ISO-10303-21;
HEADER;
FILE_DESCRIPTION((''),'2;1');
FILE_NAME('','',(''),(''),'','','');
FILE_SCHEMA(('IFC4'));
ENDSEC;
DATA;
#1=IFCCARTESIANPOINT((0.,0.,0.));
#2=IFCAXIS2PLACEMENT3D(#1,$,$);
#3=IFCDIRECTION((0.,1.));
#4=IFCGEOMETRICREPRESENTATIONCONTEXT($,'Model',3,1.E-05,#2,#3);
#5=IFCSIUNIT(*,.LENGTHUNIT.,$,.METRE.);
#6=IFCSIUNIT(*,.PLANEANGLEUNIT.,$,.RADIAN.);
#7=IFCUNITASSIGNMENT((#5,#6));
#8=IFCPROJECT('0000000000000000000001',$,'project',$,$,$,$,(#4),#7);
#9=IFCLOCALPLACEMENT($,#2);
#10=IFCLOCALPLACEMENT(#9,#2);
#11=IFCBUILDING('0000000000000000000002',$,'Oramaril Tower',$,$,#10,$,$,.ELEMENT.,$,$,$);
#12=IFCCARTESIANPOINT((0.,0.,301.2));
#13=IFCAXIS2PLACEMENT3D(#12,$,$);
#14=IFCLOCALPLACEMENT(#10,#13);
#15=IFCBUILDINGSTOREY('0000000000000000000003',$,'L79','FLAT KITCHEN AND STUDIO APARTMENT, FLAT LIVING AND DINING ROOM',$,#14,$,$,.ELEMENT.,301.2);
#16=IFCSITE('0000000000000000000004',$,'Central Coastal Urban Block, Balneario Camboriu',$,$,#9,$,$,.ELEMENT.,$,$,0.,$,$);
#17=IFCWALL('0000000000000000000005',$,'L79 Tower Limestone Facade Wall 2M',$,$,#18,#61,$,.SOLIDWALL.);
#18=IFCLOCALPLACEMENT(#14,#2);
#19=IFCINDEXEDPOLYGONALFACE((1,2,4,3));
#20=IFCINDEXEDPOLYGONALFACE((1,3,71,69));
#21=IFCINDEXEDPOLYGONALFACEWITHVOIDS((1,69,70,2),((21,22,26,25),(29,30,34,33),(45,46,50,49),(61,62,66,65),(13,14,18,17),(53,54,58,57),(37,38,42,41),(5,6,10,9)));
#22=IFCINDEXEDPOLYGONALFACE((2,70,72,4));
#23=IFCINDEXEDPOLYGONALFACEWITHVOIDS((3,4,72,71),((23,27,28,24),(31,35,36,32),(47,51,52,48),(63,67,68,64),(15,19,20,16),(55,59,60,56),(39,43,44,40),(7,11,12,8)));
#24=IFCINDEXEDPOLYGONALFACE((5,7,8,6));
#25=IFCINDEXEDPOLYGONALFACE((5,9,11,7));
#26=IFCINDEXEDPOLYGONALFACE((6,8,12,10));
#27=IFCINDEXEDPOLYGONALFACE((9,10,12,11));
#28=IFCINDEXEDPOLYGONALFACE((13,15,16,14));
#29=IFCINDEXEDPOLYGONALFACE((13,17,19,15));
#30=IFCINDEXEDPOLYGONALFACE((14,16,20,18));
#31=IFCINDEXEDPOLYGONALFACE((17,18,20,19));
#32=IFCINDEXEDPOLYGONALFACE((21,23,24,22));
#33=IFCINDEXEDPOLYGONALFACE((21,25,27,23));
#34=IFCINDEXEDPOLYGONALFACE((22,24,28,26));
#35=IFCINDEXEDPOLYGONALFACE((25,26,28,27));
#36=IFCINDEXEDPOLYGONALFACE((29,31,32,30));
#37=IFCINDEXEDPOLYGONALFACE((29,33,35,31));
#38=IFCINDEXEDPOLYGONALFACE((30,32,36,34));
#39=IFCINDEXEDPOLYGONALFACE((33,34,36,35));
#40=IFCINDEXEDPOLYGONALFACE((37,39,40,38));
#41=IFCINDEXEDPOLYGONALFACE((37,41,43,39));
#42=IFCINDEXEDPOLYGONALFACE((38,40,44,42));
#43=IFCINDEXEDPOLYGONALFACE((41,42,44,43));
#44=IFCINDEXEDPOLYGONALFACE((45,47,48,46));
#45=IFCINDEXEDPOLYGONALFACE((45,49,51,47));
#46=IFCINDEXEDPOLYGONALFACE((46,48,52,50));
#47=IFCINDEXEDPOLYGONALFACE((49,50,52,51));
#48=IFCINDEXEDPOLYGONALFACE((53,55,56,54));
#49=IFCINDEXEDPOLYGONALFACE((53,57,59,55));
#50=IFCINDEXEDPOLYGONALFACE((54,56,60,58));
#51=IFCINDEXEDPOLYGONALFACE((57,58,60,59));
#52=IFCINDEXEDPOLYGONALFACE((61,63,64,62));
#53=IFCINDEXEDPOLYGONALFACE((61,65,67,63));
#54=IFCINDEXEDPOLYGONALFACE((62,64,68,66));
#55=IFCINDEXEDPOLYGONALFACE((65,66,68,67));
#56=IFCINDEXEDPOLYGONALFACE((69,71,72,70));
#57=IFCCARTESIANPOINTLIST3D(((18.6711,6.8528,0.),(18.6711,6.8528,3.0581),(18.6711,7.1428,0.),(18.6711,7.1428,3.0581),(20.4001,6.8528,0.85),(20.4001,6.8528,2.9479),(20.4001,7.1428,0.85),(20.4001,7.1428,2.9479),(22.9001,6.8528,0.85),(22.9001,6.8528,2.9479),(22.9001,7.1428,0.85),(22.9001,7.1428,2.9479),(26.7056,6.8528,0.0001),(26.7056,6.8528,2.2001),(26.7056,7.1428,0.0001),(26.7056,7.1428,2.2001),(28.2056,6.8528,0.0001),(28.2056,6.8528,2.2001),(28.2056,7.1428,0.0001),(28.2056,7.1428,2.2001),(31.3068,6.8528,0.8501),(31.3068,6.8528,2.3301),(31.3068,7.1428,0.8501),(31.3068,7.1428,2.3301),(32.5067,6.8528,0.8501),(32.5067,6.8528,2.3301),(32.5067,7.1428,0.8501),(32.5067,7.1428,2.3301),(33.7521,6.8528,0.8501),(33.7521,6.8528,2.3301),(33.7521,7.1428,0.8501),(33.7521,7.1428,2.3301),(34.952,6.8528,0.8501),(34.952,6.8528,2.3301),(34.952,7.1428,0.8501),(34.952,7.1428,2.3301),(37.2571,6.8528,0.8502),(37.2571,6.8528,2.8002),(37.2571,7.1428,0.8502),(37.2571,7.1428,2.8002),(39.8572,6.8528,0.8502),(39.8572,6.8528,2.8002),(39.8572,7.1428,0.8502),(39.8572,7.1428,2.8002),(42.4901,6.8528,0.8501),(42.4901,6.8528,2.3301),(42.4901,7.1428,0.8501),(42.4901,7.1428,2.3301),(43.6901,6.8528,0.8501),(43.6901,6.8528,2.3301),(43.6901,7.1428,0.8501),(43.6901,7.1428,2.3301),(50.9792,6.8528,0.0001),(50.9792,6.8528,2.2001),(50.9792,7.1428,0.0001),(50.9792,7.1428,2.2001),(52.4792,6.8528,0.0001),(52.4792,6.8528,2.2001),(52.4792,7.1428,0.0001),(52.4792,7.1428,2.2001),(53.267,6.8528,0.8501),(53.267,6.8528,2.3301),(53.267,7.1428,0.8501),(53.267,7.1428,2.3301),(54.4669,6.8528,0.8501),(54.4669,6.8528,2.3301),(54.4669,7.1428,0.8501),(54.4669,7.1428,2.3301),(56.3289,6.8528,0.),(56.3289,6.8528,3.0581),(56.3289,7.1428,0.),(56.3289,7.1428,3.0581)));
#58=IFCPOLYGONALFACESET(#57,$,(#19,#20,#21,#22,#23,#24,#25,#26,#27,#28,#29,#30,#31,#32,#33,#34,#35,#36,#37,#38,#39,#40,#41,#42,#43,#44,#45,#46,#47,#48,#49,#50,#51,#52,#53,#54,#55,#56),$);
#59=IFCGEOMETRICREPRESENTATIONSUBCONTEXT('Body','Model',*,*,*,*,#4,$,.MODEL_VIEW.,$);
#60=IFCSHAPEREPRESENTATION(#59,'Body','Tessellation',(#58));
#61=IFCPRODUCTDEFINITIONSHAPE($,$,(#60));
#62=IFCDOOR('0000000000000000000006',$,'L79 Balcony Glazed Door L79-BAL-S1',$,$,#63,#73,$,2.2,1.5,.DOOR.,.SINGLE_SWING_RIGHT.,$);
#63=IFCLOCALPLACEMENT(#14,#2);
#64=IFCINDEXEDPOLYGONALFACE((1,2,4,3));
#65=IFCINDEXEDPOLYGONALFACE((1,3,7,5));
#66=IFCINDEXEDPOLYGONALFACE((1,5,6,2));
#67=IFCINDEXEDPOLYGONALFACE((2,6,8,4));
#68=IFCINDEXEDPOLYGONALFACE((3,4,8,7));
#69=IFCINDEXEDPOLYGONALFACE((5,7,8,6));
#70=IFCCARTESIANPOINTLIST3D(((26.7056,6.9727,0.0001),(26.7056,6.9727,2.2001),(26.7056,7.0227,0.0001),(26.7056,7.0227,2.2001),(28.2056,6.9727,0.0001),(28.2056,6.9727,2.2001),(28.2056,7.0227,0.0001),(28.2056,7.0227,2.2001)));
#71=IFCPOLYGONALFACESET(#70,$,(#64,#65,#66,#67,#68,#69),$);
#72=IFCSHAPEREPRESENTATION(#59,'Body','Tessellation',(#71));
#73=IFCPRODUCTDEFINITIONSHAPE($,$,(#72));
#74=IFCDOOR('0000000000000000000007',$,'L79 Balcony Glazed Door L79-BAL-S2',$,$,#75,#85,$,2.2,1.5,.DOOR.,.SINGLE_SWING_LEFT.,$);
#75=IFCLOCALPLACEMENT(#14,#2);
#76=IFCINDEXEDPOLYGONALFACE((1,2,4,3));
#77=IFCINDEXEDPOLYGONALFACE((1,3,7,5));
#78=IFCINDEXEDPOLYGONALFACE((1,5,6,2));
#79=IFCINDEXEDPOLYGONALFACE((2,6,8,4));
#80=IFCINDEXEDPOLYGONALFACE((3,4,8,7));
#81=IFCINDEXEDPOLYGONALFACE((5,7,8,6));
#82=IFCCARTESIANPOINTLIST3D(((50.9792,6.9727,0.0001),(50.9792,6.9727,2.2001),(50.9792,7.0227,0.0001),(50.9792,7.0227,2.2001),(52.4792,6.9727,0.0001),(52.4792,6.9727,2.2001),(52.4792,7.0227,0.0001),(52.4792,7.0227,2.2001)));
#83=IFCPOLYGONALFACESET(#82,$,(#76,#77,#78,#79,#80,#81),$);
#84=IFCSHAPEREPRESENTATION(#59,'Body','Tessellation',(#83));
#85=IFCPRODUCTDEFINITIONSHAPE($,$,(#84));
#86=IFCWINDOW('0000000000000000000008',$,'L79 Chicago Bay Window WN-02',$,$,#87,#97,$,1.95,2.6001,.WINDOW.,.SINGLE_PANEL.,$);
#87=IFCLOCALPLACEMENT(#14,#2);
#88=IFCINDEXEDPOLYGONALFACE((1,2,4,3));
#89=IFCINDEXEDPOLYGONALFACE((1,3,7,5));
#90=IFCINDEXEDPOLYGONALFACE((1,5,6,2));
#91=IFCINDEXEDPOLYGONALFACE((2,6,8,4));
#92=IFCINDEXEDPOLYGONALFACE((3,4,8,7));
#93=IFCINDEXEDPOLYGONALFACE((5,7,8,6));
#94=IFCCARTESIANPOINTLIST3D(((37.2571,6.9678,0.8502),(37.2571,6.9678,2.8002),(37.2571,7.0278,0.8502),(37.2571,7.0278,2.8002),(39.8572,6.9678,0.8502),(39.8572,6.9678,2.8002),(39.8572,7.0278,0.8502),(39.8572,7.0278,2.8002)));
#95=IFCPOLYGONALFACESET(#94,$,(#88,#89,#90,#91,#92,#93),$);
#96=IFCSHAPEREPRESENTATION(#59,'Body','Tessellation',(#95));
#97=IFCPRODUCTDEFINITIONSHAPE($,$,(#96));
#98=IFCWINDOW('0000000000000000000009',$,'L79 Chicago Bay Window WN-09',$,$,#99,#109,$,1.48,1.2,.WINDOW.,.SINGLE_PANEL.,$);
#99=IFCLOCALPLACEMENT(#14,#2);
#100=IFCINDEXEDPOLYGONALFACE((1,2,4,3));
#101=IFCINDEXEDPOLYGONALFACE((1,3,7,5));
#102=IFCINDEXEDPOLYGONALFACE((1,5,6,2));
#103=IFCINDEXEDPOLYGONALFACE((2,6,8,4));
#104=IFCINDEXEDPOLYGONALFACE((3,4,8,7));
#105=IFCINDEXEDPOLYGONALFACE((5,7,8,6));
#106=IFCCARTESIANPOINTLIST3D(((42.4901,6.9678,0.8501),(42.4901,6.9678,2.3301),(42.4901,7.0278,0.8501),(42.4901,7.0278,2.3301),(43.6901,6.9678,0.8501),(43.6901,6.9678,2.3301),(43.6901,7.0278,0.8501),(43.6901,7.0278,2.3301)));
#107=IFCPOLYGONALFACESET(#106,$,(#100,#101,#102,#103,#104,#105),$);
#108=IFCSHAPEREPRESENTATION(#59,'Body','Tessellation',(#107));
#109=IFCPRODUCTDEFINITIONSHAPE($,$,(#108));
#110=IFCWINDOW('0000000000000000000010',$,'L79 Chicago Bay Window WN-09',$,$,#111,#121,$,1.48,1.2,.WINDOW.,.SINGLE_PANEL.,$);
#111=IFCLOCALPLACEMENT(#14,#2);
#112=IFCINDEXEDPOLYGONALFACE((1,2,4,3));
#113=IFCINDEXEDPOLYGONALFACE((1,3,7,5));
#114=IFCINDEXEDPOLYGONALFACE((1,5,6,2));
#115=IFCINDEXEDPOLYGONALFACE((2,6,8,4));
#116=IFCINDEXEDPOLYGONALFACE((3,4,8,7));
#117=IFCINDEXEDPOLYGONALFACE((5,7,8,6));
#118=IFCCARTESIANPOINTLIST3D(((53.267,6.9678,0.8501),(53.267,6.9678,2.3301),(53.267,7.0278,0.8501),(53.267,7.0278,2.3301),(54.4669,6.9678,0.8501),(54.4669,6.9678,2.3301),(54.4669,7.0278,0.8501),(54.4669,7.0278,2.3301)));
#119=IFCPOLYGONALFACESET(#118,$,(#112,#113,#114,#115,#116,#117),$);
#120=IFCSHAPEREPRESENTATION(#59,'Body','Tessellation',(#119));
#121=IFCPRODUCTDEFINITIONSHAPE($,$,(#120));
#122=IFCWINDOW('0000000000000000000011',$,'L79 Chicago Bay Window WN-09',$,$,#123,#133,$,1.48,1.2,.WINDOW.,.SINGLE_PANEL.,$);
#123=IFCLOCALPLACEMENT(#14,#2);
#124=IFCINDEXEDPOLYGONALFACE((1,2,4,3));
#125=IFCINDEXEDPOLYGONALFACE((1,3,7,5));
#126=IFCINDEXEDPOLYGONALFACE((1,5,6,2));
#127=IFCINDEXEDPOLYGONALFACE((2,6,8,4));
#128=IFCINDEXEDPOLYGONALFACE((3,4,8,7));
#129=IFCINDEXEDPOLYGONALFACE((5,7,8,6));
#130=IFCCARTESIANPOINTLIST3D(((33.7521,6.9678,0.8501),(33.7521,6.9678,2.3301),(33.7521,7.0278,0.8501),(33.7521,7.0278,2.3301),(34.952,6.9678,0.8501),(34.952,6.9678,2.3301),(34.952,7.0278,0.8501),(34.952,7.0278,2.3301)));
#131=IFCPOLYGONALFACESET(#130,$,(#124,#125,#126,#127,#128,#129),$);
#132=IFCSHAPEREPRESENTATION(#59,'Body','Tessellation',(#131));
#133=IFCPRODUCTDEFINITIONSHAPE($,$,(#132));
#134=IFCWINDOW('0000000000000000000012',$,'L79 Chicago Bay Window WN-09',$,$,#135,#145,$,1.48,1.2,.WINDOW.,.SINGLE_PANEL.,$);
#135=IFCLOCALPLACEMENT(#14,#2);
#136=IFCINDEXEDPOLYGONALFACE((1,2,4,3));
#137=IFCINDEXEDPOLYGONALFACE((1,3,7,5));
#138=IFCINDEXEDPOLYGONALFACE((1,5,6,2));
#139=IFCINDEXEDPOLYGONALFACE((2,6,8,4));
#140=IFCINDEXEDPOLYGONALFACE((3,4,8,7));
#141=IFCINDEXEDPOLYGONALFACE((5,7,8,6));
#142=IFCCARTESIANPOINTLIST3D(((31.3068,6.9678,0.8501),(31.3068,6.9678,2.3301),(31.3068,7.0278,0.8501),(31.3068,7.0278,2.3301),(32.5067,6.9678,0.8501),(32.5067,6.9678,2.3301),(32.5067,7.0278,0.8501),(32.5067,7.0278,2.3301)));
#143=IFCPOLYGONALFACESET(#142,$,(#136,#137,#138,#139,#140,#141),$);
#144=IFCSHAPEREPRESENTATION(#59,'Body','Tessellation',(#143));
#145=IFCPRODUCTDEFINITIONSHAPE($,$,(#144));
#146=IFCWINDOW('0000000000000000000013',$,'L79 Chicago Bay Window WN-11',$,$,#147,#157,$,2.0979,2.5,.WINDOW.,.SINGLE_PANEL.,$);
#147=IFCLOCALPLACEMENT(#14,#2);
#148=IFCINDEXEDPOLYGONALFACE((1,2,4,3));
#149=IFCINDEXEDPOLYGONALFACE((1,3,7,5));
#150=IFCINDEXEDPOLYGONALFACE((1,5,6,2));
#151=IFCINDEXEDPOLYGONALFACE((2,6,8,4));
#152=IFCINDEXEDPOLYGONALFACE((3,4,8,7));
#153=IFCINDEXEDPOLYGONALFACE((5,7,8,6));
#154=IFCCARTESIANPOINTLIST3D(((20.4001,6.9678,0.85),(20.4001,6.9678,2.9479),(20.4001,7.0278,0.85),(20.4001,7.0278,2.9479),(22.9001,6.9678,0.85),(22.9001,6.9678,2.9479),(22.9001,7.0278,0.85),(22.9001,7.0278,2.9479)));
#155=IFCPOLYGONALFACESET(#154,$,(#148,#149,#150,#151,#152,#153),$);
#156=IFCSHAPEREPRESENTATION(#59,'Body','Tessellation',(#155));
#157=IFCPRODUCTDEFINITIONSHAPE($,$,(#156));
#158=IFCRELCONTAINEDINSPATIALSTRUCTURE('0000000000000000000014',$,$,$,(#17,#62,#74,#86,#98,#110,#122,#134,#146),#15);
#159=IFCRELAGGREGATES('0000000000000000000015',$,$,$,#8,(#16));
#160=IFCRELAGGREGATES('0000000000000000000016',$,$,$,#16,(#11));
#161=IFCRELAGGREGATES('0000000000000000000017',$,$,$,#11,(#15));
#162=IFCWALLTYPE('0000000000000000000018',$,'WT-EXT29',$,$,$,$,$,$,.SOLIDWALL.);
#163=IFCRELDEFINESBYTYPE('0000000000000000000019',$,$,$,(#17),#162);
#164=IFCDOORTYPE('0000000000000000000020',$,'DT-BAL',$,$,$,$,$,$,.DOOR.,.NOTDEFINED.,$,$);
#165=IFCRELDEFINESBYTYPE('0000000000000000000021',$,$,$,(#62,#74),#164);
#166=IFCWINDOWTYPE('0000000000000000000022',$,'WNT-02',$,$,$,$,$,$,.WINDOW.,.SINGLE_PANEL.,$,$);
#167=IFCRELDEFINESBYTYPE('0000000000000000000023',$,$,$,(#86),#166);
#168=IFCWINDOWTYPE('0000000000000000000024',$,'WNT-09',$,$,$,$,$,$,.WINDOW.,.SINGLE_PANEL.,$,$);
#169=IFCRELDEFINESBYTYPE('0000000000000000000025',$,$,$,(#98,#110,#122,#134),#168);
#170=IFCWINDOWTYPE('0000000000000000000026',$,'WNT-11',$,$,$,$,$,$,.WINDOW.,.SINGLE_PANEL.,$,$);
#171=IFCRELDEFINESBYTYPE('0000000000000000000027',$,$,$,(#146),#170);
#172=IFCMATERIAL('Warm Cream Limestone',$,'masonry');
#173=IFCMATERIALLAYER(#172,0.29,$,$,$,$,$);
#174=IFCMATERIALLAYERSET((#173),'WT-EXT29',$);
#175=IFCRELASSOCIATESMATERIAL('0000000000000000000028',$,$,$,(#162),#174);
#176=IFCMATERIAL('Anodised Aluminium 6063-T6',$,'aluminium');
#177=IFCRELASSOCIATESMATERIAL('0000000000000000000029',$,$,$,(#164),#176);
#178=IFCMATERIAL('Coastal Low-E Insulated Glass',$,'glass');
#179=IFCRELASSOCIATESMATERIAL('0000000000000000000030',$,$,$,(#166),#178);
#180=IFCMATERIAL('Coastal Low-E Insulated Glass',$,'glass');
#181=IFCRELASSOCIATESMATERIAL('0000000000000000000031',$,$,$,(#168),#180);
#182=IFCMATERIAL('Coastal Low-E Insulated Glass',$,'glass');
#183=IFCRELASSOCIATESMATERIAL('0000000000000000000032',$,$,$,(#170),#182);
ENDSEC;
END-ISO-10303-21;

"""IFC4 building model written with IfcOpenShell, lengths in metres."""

from ifc_helpers import new_model, si_unit, direction, frame, frame_2d, origin, place, context, subcontext, project, spatial, rectangle, extrude, material, layer, layer_set, type_object, element, fill, save


model = new_model("IFC4")

# Units and contexts
model_context = context("Model", 3, precision=1e-05, world=origin(), true_north=direction((0.0, 1.0)))
body_context = subcontext(model_context, "Body", "Model", "MODEL_VIEW")
ifc_project = project(units=[si_unit("LENGTHUNIT", "METRE"), si_unit("PLANEANGLEUNIT", "RADIAN")], contexts=[model_context])

# Site, building, storey
site_placement = place(None, origin())
site = spatial("IfcSite", under=ifc_project, at=site_placement, Name="Central Coastal Urban Block, Balneario Camboriu", CompositionType="ELEMENT", RefElevation=0.0)
building_placement = place(site_placement, origin())
building = spatial("IfcBuilding", under=site, at=building_placement, Name="Oramaril Tower", CompositionType="ELEMENT")
storey_placement = place(building_placement, frame((0.0, 0.0, 301.2)))
storey = spatial("IfcBuildingStorey", under=building, at=storey_placement, Name="L79", Description="FLAT KITCHEN AND STUDIO APARTMENT, FLAT LIVING AND DINING ROOM", CompositionType="ELEMENT", Elevation=301.2)

# Wall, openings, doors, windows
ifc_material_1 = material(Name="Warm Cream Limestone", Category="masonry")
ifc_layer_1 = layer(ifc_material_1, 0.29)
ifc_layer_set_1 = layer_set([ifc_layer_1], Name="WT-EXT29")
wall_type = type_object("IfcWallType", Name="WT-EXT29", PredefinedType="SOLIDWALL", material=ifc_layer_set_1)
wall_placement = place(storey_placement, frame((18.6711, 6.9978, 0.0), z_axis=(0.0, 0.0, 1.0), x_axis=(1.0, 0.0, 0.0)))
wall = element("IfcWall", 1, at=wall_placement, inside=storey, type_object=wall_type, Name="L79 Tower Limestone Facade Wall 2M", PredefinedType="SOLIDWALL", context=body_context, shape_type="SweptSolid", body=[
    extrude(rectangle(XDim=37.6577, YDim=0.29, at=frame_2d((18.8289, 0.0))), origin(), (0.0, 0.0, 1.0), 3.0581),
])
opening_1_placement = place(wall_placement, frame((8.0344, 0.0, 0.0)))
opening_1 = element("IfcOpeningElement", 2, at=opening_1_placement, cuts=wall, PredefinedType="OPENING", context=body_context, shape_type="SweptSolid", body=[
    extrude(rectangle(XDim=1.5, YDim=2.2, at=frame_2d((0.75, 1.1001))), frame((0.0, 0.145, 0.0), z_axis=(0.0, -1.0, 0.0), x_axis=(1.0, 0.0, 0.0)), (0.0, 0.0, 1.0), 0.29),
])
opening_2_placement = place(wall_placement, frame((32.3081, 0.0, 0.0)))
opening_2 = element("IfcOpeningElement", 3, at=opening_2_placement, cuts=wall, PredefinedType="OPENING", context=body_context, shape_type="SweptSolid", body=[
    extrude(rectangle(XDim=1.5, YDim=2.2, at=frame_2d((0.75, 1.1001))), frame((0.0, 0.145, 0.0), z_axis=(0.0, -1.0, 0.0), x_axis=(1.0, 0.0, 0.0)), (0.0, 0.0, 1.0), 0.29),
])
opening_3_placement = place(wall_placement, frame((23.8188, 0.0, 0.8501)))
opening_3 = element("IfcOpeningElement", 4, at=opening_3_placement, cuts=wall, PredefinedType="OPENING", context=body_context, shape_type="SweptSolid", body=[
    extrude(rectangle(XDim=1.2, YDim=1.48, at=frame_2d((0.6001, 0.74))), frame((0.0, 0.145, 0.0), z_axis=(0.0, -1.0, 0.0), x_axis=(1.0, 0.0, 0.0)), (0.0, 0.0, 1.0), 0.29),
])
opening_4_placement = place(wall_placement, frame((34.5957, 0.0, 0.8501)))
opening_4 = element("IfcOpeningElement", 5, at=opening_4_placement, cuts=wall, PredefinedType="OPENING", context=body_context, shape_type="SweptSolid", body=[
    extrude(rectangle(XDim=1.2, YDim=1.48, at=frame_2d((0.6001, 0.74))), frame((0.0, 0.145, 0.0), z_axis=(0.0, -1.0, 0.0), x_axis=(1.0, 0.0, 0.0)), (0.0, 0.0, 1.0), 0.29),
])
opening_5_placement = place(wall_placement, frame((15.0808, 0.0, 0.8501)))
opening_5 = element("IfcOpeningElement", 6, at=opening_5_placement, cuts=wall, PredefinedType="OPENING", context=body_context, shape_type="SweptSolid", body=[
    extrude(rectangle(XDim=1.2, YDim=1.48, at=frame_2d((0.6001, 0.74))), frame((0.0, 0.145, 0.0), z_axis=(0.0, -1.0, 0.0), x_axis=(1.0, 0.0, 0.0)), (0.0, 0.0, 1.0), 0.29),
])
opening_6_placement = place(wall_placement, frame((18.5859, 0.0, 0.8501)))
opening_6 = element("IfcOpeningElement", 7, at=opening_6_placement, cuts=wall, PredefinedType="OPENING", context=body_context, shape_type="SweptSolid", body=[
    extrude(rectangle(XDim=2.6001, YDim=1.95, at=frame_2d((1.3, 0.9751))), frame((0.0, 0.145, 0.0), z_axis=(0.0, -1.0, 0.0), x_axis=(1.0, 0.0, 0.0)), (0.0, 0.0, 1.0), 0.29),
])
opening_7_placement = place(wall_placement, frame((1.729, 0.0, 0.8501)))
opening_7 = element("IfcOpeningElement", 8, at=opening_7_placement, cuts=wall, PredefinedType="OPENING", context=body_context, shape_type="SweptSolid", body=[
    extrude(rectangle(XDim=2.5, YDim=2.0979, at=frame_2d((1.25, 1.0488))), frame((0.0, 0.145, 0.0), z_axis=(0.0, -1.0, 0.0), x_axis=(1.0, 0.0, 0.0)), (0.0, 0.0, 1.0), 0.29),
])
opening_8_placement = place(wall_placement, frame((12.6355, 0.0, 0.8501)))
opening_8 = element("IfcOpeningElement", 9, at=opening_8_placement, cuts=wall, PredefinedType="OPENING", context=body_context, shape_type="SweptSolid", body=[
    extrude(rectangle(XDim=1.2, YDim=1.48, at=frame_2d((0.6001, 0.74))), frame((0.0, 0.145, 0.0), z_axis=(0.0, -1.0, 0.0), x_axis=(1.0, 0.0, 0.0)), (0.0, 0.0, 1.0), 0.29),
])
ifc_material_2 = material(Name="Anodised Aluminium 6063-T6", Category="aluminium")
door_type = type_object("IfcDoorType", Name="DT-BAL", OperationType="NOTDEFINED", PredefinedType="DOOR", material=ifc_material_2)
door_1_placement = place(opening_1_placement, origin())
door_1 = element("IfcDoor", 10, at=door_1_placement, inside=storey, type_object=door_type, Name="L79 Balcony Glazed Door L79-BAL-S1", OperationType="SINGLE_SWING_RIGHT", OverallHeight=2.2, OverallWidth=1.5, PredefinedType="DOOR", context=body_context, shape_type="SweptSolid", body=[
    extrude(rectangle(XDim=1.5, YDim=2.2, at=frame_2d((0.75, 1.1001))), frame((0.0, 0.0249, 0.0), z_axis=(0.0, -1.0, 0.0), x_axis=(1.0, 0.0, 0.0)), (0.0, 0.0, 1.0), 0.05),
])
fill(opening_1, door_1)
door_2_placement = place(opening_2_placement, origin())
door_2 = element("IfcDoor", 11, at=door_2_placement, inside=storey, type_object=door_type, Name="L79 Balcony Glazed Door L79-BAL-S2", OperationType="SINGLE_SWING_LEFT", OverallHeight=2.2, OverallWidth=1.5, PredefinedType="DOOR", context=body_context, shape_type="SweptSolid", body=[
    extrude(rectangle(XDim=1.5, YDim=2.2, at=frame_2d((0.75, 1.1001))), frame((0.0, 0.0249, 0.0), z_axis=(0.0, -1.0, 0.0), x_axis=(1.0, 0.0, 0.0)), (0.0, 0.0, 1.0), 0.05),
])
fill(opening_2, door_2)
ifc_material_3 = material(Name="Coastal Low-E Insulated Glass", Category="glass")
window_type_1 = type_object("IfcWindowType", Name="WNT-02", PartitioningType="SINGLE_PANEL", PredefinedType="WINDOW", material=ifc_material_3)
window_1_placement = place(opening_6_placement, origin())
window_1 = element("IfcWindow", 12, at=window_1_placement, inside=storey, type_object=window_type_1, Name="L79 Chicago Bay Window WN-02", OverallHeight=1.95, OverallWidth=2.6001, PartitioningType="SINGLE_PANEL", PredefinedType="WINDOW", context=body_context, shape_type="SweptSolid", body=[
    extrude(rectangle(XDim=2.6001, YDim=1.95, at=frame_2d((1.3, 0.9751))), frame((0.0, 0.03, 0.0), z_axis=(0.0, -1.0, 0.0), x_axis=(1.0, 0.0, 0.0)), (0.0, 0.0, 1.0), 0.0601),
])
fill(opening_6, window_1)
ifc_material_4 = material(Name="Coastal Low-E Insulated Glass", Category="glass")
window_type_2 = type_object("IfcWindowType", Name="WNT-09", PartitioningType="SINGLE_PANEL", PredefinedType="WINDOW", material=ifc_material_4)
window_2_placement = place(opening_3_placement, origin())
window_2 = element("IfcWindow", 13, at=window_2_placement, inside=storey, type_object=window_type_2, Name="L79 Chicago Bay Window WN-09", OverallHeight=1.48, OverallWidth=1.2, PartitioningType="SINGLE_PANEL", PredefinedType="WINDOW", context=body_context, shape_type="SweptSolid", body=[
    extrude(rectangle(XDim=1.2, YDim=1.48, at=frame_2d((0.6001, 0.74))), frame((0.0, 0.03, 0.0), z_axis=(0.0, -1.0, 0.0), x_axis=(1.0, 0.0, 0.0)), (0.0, 0.0, 1.0), 0.0601),
])
fill(opening_3, window_2)
window_3_placement = place(opening_4_placement, origin())
window_3 = element("IfcWindow", 14, at=window_3_placement, inside=storey, type_object=window_type_2, Name="L79 Chicago Bay Window WN-09", OverallHeight=1.48, OverallWidth=1.2, PartitioningType="SINGLE_PANEL", PredefinedType="WINDOW", context=body_context, shape_type="SweptSolid", body=[
    extrude(rectangle(XDim=1.2, YDim=1.48, at=frame_2d((0.6001, 0.74))), frame((0.0, 0.03, 0.0), z_axis=(0.0, -1.0, 0.0), x_axis=(1.0, 0.0, 0.0)), (0.0, 0.0, 1.0), 0.0601),
])
fill(opening_4, window_3)
window_4_placement = place(opening_5_placement, origin())
window_4 = element("IfcWindow", 15, at=window_4_placement, inside=storey, type_object=window_type_2, Name="L79 Chicago Bay Window WN-09", OverallHeight=1.48, OverallWidth=1.2, PartitioningType="SINGLE_PANEL", PredefinedType="WINDOW", context=body_context, shape_type="SweptSolid", body=[
    extrude(rectangle(XDim=1.2, YDim=1.48, at=frame_2d((0.6001, 0.74))), frame((0.0, 0.03, 0.0), z_axis=(0.0, -1.0, 0.0), x_axis=(1.0, 0.0, 0.0)), (0.0, 0.0, 1.0), 0.0601),
])
fill(opening_5, window_4)
window_5_placement = place(opening_8_placement, origin())
window_5 = element("IfcWindow", 16, at=window_5_placement, inside=storey, type_object=window_type_2, Name="L79 Chicago Bay Window WN-09", OverallHeight=1.48, OverallWidth=1.2, PartitioningType="SINGLE_PANEL", PredefinedType="WINDOW", context=body_context, shape_type="SweptSolid", body=[
    extrude(rectangle(XDim=1.2, YDim=1.48, at=frame_2d((0.6001, 0.74))), frame((0.0, 0.03, 0.0), z_axis=(0.0, -1.0, 0.0), x_axis=(1.0, 0.0, 0.0)), (0.0, 0.0, 1.0), 0.0601),
])
fill(opening_8, window_5)
ifc_material_5 = material(Name="Coastal Low-E Insulated Glass", Category="glass")
window_type_3 = type_object("IfcWindowType", Name="WNT-11", PartitioningType="SINGLE_PANEL", PredefinedType="WINDOW", material=ifc_material_5)
window_6_placement = place(opening_7_placement, origin())
window_6 = element("IfcWindow", 17, at=window_6_placement, inside=storey, type_object=window_type_3, Name="L79 Chicago Bay Window WN-11", OverallHeight=2.0979, OverallWidth=2.5, PartitioningType="SINGLE_PANEL", PredefinedType="WINDOW", context=body_context, shape_type="SweptSolid", body=[
    extrude(rectangle(XDim=2.5, YDim=2.0979, at=frame_2d((1.25, 1.0488))), frame((0.0, 0.03, 0.0), z_axis=(0.0, -1.0, 0.0), x_axis=(1.0, 0.0, 0.0)), (0.0, 0.0, 1.0), 0.0601),
])
fill(opening_7, window_6)

save(model, "model.ifc")
